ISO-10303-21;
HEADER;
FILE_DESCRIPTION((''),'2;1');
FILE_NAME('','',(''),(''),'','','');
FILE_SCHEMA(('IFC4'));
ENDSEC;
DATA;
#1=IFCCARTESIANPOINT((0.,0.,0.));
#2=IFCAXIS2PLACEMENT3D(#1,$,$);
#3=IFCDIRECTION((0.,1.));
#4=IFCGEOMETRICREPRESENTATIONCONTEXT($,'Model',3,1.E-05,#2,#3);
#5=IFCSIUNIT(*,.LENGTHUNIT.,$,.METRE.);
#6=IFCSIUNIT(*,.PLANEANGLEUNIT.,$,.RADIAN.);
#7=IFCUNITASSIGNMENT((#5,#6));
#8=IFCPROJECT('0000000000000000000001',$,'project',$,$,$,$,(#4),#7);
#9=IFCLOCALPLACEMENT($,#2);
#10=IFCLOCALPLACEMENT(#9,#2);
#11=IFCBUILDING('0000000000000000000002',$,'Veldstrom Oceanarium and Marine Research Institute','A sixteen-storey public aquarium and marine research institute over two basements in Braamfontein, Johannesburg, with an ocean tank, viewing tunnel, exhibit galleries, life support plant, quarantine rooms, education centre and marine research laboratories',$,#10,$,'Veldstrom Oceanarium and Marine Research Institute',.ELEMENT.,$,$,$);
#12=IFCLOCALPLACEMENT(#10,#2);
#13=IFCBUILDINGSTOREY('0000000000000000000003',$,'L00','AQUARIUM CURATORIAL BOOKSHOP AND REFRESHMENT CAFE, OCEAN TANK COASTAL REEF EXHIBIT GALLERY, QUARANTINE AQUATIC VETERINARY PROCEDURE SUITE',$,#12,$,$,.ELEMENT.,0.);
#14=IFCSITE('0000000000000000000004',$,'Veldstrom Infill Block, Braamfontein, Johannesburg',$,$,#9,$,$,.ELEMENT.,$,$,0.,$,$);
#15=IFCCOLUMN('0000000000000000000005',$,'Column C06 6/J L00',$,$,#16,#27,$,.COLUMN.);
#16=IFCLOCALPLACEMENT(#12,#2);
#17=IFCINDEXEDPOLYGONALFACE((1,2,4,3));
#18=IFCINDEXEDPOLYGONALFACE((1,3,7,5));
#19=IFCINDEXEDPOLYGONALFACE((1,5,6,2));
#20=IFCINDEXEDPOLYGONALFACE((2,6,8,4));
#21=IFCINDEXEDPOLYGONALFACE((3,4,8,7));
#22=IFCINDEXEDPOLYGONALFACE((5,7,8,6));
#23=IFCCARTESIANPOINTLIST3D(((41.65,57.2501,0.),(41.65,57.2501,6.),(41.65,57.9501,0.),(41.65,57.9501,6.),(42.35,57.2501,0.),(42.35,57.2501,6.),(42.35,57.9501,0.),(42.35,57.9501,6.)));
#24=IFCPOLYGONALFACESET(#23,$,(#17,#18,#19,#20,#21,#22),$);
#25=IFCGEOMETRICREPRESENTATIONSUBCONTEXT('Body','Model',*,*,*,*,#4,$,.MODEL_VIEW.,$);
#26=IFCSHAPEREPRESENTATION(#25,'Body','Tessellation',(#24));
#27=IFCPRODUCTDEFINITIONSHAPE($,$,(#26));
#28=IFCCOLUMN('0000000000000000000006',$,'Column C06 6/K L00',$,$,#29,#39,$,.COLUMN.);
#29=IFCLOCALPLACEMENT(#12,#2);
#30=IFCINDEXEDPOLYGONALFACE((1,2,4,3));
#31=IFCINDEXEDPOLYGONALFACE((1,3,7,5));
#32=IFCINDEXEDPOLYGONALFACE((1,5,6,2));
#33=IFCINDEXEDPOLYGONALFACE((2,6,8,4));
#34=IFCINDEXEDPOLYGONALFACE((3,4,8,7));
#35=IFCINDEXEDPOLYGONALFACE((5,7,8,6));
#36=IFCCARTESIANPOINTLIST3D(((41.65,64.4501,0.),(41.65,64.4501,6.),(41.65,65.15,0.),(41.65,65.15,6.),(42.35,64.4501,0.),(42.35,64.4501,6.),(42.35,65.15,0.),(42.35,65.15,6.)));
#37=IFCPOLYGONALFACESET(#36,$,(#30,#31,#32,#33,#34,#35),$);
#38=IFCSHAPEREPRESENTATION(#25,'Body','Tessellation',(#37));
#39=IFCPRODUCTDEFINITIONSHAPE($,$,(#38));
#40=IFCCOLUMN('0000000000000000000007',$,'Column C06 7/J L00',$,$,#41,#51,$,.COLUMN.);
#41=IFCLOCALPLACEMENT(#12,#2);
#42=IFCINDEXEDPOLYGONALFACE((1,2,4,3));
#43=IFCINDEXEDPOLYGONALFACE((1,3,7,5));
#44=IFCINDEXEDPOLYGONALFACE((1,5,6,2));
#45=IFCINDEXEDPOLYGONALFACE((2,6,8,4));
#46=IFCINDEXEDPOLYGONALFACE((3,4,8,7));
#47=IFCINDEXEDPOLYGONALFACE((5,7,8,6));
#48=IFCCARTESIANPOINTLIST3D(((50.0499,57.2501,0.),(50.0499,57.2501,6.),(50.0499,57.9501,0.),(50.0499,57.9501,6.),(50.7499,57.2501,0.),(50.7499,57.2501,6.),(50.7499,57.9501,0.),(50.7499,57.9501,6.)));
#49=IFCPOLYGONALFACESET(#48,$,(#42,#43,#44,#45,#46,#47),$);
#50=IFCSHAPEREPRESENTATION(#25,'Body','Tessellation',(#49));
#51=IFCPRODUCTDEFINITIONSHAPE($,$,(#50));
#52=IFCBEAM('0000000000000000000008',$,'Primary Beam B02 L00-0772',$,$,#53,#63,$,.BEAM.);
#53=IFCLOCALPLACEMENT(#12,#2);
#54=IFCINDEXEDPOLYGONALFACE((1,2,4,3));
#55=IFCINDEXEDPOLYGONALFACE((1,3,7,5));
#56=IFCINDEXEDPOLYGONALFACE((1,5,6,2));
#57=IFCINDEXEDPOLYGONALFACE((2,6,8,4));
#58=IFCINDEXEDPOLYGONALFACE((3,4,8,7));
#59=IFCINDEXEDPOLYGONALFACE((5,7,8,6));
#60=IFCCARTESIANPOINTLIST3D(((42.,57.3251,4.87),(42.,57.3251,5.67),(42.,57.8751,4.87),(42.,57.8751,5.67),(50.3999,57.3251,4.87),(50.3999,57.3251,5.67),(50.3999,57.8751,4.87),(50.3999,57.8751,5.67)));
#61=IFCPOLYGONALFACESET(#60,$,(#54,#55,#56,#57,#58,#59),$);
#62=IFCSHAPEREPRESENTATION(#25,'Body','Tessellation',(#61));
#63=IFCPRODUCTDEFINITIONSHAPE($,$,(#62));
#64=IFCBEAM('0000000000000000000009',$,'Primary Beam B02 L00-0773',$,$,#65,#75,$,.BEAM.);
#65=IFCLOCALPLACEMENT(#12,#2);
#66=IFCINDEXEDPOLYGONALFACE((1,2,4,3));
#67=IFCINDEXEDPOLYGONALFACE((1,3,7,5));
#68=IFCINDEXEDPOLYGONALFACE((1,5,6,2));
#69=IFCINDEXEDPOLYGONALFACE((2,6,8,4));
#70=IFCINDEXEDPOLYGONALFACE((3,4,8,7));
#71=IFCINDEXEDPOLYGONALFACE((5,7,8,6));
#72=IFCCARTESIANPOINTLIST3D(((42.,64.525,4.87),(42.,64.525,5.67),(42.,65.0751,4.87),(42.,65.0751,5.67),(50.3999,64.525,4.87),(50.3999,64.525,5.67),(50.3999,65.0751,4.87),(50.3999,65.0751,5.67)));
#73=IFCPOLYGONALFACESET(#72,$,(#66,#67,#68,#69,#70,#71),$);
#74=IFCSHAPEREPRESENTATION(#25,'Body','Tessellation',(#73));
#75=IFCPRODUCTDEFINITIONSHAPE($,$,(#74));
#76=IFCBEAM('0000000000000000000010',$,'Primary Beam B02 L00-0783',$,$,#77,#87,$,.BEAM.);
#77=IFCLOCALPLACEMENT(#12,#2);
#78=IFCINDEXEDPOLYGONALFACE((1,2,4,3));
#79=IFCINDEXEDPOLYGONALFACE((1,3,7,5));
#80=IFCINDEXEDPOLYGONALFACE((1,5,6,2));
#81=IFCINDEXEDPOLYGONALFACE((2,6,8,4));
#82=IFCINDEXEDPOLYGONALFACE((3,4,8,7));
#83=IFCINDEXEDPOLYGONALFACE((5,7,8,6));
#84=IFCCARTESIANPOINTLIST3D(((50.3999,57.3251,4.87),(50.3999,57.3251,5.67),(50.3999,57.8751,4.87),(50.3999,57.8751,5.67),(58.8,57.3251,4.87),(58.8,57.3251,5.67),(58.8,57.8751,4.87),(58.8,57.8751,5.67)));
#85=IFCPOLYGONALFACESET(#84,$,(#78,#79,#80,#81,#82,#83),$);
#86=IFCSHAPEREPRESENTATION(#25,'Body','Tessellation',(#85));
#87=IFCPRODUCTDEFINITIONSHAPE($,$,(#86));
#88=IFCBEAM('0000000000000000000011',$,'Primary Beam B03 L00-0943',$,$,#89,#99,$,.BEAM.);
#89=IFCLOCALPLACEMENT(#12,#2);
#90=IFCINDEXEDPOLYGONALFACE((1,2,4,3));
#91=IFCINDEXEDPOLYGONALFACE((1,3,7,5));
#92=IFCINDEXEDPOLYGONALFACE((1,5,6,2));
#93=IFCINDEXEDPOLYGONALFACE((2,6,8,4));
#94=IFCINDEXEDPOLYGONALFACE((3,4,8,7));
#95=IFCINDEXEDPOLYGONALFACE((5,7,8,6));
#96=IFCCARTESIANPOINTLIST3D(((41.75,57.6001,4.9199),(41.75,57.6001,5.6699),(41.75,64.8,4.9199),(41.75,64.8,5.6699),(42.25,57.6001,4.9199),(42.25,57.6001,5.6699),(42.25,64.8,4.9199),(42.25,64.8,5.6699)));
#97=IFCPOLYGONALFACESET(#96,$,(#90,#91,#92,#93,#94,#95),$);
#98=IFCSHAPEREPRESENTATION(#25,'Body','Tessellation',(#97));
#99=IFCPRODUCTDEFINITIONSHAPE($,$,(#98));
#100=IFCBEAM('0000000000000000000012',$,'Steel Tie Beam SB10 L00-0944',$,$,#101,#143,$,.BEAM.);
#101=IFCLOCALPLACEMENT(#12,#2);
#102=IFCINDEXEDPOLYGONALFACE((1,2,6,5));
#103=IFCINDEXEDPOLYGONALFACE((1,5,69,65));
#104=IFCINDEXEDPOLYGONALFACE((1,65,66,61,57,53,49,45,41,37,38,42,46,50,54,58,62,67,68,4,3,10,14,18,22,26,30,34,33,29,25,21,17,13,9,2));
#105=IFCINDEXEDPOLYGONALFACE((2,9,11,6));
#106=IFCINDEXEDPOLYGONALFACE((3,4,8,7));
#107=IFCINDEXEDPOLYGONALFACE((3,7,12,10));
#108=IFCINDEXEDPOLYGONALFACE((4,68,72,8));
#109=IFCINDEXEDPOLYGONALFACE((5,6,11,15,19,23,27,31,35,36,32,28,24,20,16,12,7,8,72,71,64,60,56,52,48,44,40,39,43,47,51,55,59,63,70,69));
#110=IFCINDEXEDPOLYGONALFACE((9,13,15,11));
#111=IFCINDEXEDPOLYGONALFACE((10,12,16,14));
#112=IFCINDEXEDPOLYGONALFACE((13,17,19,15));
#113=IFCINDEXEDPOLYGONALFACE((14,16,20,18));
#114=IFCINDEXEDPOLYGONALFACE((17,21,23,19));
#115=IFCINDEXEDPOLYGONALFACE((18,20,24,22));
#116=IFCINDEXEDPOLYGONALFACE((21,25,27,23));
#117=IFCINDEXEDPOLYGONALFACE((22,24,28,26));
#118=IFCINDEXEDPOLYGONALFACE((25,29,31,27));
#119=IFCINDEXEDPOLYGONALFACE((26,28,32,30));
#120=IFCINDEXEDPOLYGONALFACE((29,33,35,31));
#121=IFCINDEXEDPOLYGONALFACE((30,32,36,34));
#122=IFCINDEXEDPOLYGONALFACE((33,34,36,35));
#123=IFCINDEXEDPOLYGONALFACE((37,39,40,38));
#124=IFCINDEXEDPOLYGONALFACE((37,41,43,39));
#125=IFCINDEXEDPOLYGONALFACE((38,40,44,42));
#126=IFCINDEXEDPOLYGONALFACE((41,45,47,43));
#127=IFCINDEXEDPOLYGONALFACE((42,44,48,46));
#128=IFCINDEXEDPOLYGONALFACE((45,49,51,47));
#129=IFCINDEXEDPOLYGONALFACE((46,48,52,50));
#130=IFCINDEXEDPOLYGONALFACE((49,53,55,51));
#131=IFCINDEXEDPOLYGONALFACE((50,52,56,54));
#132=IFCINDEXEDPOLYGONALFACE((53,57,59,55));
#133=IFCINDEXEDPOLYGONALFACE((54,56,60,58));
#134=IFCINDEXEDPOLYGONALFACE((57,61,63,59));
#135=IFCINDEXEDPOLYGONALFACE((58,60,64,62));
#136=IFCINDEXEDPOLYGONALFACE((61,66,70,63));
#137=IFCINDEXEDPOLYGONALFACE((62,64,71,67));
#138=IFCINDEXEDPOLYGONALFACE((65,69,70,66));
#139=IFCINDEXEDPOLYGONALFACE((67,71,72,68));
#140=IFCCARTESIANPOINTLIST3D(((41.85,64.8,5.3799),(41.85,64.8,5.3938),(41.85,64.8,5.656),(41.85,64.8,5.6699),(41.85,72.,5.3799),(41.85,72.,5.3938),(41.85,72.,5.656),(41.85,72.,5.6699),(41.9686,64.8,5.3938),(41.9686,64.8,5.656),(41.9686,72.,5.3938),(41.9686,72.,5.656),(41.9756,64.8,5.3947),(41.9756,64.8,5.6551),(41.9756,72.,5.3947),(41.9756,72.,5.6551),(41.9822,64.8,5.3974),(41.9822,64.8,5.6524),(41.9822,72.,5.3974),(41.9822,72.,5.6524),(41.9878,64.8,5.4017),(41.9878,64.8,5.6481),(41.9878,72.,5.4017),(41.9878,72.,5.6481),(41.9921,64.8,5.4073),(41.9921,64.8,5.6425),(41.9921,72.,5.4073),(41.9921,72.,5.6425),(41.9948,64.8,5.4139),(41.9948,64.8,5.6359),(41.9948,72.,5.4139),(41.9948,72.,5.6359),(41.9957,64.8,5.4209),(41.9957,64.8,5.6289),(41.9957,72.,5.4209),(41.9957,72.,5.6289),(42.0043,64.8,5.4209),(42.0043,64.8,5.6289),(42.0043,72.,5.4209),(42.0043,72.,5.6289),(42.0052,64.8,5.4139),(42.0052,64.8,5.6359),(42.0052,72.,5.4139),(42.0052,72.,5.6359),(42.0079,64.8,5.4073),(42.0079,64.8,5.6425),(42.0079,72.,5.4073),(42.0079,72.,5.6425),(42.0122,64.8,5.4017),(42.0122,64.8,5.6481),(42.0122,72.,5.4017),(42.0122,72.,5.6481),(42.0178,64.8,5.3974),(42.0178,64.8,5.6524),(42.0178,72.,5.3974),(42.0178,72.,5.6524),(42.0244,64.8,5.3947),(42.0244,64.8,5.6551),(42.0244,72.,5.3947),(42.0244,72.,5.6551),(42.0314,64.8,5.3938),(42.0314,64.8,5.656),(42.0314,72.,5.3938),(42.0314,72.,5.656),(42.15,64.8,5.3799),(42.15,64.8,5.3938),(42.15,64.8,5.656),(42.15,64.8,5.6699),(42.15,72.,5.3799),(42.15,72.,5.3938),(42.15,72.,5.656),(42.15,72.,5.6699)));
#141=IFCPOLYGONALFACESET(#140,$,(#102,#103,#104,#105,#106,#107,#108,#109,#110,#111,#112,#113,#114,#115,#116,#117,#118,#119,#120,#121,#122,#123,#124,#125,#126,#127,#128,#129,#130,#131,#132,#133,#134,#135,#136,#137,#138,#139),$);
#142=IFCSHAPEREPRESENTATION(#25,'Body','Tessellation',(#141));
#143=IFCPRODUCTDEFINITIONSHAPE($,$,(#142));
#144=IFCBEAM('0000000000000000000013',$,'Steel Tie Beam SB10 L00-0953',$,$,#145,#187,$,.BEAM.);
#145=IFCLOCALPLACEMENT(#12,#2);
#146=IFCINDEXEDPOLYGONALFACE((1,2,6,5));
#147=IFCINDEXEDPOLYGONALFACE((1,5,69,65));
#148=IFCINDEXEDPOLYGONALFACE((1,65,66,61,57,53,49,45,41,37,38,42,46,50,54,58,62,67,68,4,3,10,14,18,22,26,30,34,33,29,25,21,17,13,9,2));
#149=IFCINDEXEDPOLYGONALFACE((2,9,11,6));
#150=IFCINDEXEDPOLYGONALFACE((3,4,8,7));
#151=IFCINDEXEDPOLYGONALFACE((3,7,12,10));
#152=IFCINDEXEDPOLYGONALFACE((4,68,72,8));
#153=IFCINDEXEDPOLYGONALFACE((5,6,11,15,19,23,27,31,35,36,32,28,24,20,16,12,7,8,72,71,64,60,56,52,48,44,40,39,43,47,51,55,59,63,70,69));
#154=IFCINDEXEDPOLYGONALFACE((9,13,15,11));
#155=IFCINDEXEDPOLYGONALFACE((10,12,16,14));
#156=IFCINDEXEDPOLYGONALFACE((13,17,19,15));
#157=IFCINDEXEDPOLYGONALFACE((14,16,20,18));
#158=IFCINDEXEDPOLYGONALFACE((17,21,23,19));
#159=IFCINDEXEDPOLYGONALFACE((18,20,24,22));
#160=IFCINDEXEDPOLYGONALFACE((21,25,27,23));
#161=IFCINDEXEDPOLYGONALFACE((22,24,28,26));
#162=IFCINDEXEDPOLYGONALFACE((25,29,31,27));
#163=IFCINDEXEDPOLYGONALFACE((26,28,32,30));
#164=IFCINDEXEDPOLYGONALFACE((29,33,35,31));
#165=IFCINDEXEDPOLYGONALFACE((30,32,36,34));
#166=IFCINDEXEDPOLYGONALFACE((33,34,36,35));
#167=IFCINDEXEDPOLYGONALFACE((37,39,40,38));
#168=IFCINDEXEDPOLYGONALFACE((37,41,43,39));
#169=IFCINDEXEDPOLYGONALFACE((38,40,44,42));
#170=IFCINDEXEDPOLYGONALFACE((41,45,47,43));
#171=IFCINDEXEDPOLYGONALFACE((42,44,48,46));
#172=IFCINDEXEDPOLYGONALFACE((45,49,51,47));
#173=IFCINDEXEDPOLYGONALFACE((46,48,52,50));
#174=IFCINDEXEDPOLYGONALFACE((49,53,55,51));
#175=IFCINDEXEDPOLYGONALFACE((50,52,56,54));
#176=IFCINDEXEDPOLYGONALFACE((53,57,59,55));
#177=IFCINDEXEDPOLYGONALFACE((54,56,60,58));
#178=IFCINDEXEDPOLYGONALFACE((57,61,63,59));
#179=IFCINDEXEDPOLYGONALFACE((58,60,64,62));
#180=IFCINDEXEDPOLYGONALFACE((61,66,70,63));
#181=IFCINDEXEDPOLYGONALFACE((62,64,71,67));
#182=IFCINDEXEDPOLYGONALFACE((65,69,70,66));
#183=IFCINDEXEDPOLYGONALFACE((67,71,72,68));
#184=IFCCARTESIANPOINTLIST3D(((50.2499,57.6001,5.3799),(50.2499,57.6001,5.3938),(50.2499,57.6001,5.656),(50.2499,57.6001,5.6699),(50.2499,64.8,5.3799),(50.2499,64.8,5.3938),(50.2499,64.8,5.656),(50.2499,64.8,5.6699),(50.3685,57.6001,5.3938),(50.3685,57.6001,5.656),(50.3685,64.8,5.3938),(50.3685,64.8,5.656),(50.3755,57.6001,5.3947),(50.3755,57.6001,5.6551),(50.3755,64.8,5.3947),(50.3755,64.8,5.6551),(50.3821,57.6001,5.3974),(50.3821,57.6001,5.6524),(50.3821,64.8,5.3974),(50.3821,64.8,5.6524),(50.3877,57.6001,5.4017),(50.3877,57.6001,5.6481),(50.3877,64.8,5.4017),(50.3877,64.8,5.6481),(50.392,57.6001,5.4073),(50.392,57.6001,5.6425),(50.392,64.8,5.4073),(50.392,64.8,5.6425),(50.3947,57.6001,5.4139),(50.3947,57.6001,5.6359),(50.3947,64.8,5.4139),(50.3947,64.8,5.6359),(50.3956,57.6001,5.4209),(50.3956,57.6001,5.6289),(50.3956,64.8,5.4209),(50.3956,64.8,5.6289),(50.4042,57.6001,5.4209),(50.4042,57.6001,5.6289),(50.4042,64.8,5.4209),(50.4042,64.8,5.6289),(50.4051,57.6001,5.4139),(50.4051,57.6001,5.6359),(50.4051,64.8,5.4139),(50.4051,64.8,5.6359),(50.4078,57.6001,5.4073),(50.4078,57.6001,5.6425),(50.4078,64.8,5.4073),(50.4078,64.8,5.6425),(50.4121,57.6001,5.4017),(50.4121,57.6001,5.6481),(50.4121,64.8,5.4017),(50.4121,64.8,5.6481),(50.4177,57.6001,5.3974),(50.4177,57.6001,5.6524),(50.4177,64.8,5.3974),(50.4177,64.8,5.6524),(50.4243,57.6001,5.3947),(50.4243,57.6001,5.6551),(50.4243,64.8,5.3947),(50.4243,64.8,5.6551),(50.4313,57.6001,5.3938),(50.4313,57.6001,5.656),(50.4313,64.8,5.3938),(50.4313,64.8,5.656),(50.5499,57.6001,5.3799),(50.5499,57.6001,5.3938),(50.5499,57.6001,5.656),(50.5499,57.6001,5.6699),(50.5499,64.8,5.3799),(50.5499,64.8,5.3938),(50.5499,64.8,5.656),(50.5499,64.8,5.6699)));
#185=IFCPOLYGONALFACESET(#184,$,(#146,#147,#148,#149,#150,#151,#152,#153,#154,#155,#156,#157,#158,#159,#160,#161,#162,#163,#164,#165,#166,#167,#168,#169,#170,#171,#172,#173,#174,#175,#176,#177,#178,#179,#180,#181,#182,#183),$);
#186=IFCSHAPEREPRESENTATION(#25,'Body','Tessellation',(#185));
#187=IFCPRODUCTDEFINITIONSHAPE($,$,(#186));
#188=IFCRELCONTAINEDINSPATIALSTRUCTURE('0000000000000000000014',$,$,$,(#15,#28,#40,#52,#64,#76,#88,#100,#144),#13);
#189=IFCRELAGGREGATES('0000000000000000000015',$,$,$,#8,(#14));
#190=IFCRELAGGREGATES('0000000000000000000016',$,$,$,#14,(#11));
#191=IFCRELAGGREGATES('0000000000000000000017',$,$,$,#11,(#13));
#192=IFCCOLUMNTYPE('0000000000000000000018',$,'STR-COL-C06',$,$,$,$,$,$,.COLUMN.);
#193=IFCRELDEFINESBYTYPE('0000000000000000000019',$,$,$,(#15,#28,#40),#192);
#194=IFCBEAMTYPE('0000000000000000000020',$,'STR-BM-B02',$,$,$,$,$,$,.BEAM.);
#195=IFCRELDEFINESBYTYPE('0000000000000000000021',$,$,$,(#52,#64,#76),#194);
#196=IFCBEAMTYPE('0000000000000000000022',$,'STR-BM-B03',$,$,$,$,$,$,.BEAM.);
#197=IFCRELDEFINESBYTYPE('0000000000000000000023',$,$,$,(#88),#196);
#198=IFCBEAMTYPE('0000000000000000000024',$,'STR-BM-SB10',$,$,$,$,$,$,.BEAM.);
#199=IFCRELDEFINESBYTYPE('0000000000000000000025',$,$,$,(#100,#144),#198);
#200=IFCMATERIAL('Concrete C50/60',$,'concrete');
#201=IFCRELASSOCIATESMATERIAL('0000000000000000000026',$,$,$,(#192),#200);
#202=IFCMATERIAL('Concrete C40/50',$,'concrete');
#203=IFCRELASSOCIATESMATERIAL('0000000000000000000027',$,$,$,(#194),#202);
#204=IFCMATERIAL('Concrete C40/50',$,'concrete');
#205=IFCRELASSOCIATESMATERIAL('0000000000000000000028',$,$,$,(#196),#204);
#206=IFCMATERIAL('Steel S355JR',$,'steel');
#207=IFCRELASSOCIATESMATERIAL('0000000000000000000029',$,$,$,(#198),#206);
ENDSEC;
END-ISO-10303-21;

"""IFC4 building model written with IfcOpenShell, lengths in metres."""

from ifc_helpers import new_model, si_unit, direction, frame, origin, origin_2d, place, context, subcontext, project, spatial, rectangle, i_section, extrude, material, material_profile, profile_set, type_object, element, save


model = new_model("IFC4")

# Units and contexts
model_context = context("Model", 3, precision=1e-05, world=origin(), true_north=direction((0.0, 1.0)))
body_context = subcontext(model_context, "Body", "Model", "MODEL_VIEW")
ifc_project = project(units=[si_unit("LENGTHUNIT", "METRE"), si_unit("PLANEANGLEUNIT", "RADIAN")], contexts=[model_context])

# Site, building, storey
site_placement = place(None, origin())
site = spatial("IfcSite", under=ifc_project, at=site_placement, Name="Veldstrom Infill Block, Braamfontein, Johannesburg", CompositionType="ELEMENT", RefElevation=0.0)
building_placement = place(site_placement, origin())
building = spatial("IfcBuilding", under=site, at=building_placement, Name="Veldstrom Oceanarium and Marine Research Institute", Description="A sixteen-storey public aquarium and marine research institute over two basements in Braamfontein, Johannesburg, with an ocean tank, viewing tunnel, exhibit galleries, life support plant, quarantine rooms, education centre and marine research laboratories", LongName="Veldstrom Oceanarium and Marine Research Institute", CompositionType="ELEMENT")
storey_placement = place(building_placement, origin())
storey = spatial("IfcBuildingStorey", under=building, at=storey_placement, Name="L00", Description="AQUARIUM CURATORIAL BOOKSHOP AND REFRESHMENT CAFE, OCEAN TANK COASTAL REEF EXHIBIT GALLERY, QUARANTINE AQUATIC VETERINARY PROCEDURE SUITE", CompositionType="ELEMENT", Elevation=0.0)

# Columns
ifc_material_1 = material(Name="Concrete C50/60", Category="concrete")
ifc_material_profile_1 = material_profile(ifc_material_1, rectangle(XDim=0.7, YDim=0.7, at=origin_2d()), Name="RC-COL-700x700")
ifc_profile_set_1 = profile_set([ifc_material_profile_1], Name="Concrete C50/60")
column_type = type_object("IfcColumnType", Name="STR-COL-C06", PredefinedType="COLUMN", material=ifc_profile_set_1)
for number, where, z_axis, x_axis, name in (
    (1, (42.0, 57.6001, 0.0), (0.0, 0.0, 1.0), (1.0, 0.0, 0.0), "Column C06 6/J L00"),
    (2, (42.0, 64.8, 0.0), (0.0, 0.0, 1.0), (1.0, 0.0, 0.0), "Column C06 6/K L00"),
    (3, (50.3999, 57.6001, 0.0), (0.0, 0.0, 1.0), (1.0, 0.0, 0.0), "Column C06 7/J L00"),
):
    element("IfcColumn", number, at=place(storey_placement, frame(where, z_axis=z_axis, x_axis=x_axis)), inside=storey, type_object=column_type, Name=name, PredefinedType="COLUMN", context=body_context, shape_type="SweptSolid", body=[
        extrude(rectangle(XDim=0.7, YDim=0.7, at=origin_2d()), origin(), (0.0, 0.0, 1.0), 6.0),
    ])

# Beams
ifc_material_2 = material(Name="Concrete C40/50", Category="concrete")
ifc_material_profile_2 = material_profile(ifc_material_2, rectangle(XDim=0.55, YDim=0.8, at=origin_2d()), Name="RC-BM-550x800")
ifc_profile_set_2 = profile_set([ifc_material_profile_2], Name="Concrete C40/50")
beam_type_1 = type_object("IfcBeamType", Name="STR-BM-B02", PredefinedType="BEAM", material=ifc_profile_set_2)
for number, where, z_axis, x_axis, name in (
    (4, (42.0, 57.6001, 5.27), (1.0, 0.0, 0.0), (0.0, 1.0, 0.0), "Primary Beam B02 L00-0772"),
    (5, (42.0, 64.8, 5.27), (1.0, 0.0, 0.0), (0.0, 1.0, 0.0), "Primary Beam B02 L00-0773"),
):
    element("IfcBeam", number, at=place(storey_placement, frame(where, z_axis=z_axis, x_axis=x_axis)), inside=storey, type_object=beam_type_1, Name=name, PredefinedType="BEAM", context=body_context, shape_type="SweptSolid", body=[
        extrude(rectangle(XDim=0.55, YDim=0.8, at=origin_2d()), origin(), (0.0, 0.0, 1.0), 8.3999),
    ])
beam_1_placement = place(storey_placement, frame((50.3999, 57.6001, 5.27), z_axis=(1.0, 0.0, 0.0), x_axis=(0.0, 1.0, 0.0)))
element("IfcBeam", 6, at=beam_1_placement, inside=storey, type_object=beam_type_1, Name="Primary Beam B02 L00-0783", PredefinedType="BEAM", context=body_context, shape_type="SweptSolid", body=[
    extrude(rectangle(XDim=0.55, YDim=0.8, at=origin_2d()), origin(), (0.0, 0.0, 1.0), 8.4001),
])
ifc_material_3 = material(Name="Concrete C40/50", Category="concrete")
ifc_material_profile_3 = material_profile(ifc_material_3, rectangle(XDim=0.5, YDim=0.75, at=origin_2d()), Name="RC-BM-500x750")
ifc_profile_set_3 = profile_set([ifc_material_profile_3], Name="Concrete C40/50")
beam_type_2 = type_object("IfcBeamType", Name="STR-BM-B03", PredefinedType="BEAM", material=ifc_profile_set_3)
beam_2_placement = place(storey_placement, frame((42.0, 57.6001, 5.2949), z_axis=(0.0, 1.0, 0.0), x_axis=(-1.0, 0.0, 0.0)))
element("IfcBeam", 7, at=beam_2_placement, inside=storey, type_object=beam_type_2, Name="Primary Beam B03 L00-0943", PredefinedType="BEAM", context=body_context, shape_type="SweptSolid", body=[
    extrude(rectangle(XDim=0.5, YDim=0.75, at=origin_2d()), origin(), (0.0, 0.0, 1.0), 7.2),
])
ifc_material_4 = material(Name="Steel S355JR", Category="steel")
ifc_material_profile_4 = material_profile(ifc_material_4, i_section(OverallWidth=0.3, OverallDepth=0.29, WebThickness=0.0085, FlangeThickness=0.0139, FilletRadius=0.0271, at=origin_2d()), Name="HEA 300")
ifc_profile_set_4 = profile_set([ifc_material_profile_4], Name="Steel S355JR")
beam_type_3 = type_object("IfcBeamType", Name="STR-BM-SB10", PredefinedType="BEAM", material=ifc_profile_set_4)
for number, where, z_axis, x_axis, name in (
    (8, (42.0, 64.8, 5.5249), (0.0, 1.0, 0.0), (-1.0, 0.0, 0.0), "Steel Tie Beam SB10 L00-0944"),
    (9, (50.3999, 57.6001, 5.5249), (0.0, 1.0, 0.0), (-1.0, 0.0, 0.0), "Steel Tie Beam SB10 L00-0953"),
):
    element("IfcBeam", number, at=place(storey_placement, frame(where, z_axis=z_axis, x_axis=x_axis)), inside=storey, type_object=beam_type_3, Name=name, PredefinedType="BEAM", context=body_context, shape_type="SweptSolid", body=[
        extrude(i_section(OverallWidth=0.3, OverallDepth=0.29, WebThickness=0.0085, FlangeThickness=0.0139, FilletRadius=0.0271, at=origin_2d()), origin(), (0.0, 0.0, 1.0), 7.2),
    ])

save(model, "model.ifc")
